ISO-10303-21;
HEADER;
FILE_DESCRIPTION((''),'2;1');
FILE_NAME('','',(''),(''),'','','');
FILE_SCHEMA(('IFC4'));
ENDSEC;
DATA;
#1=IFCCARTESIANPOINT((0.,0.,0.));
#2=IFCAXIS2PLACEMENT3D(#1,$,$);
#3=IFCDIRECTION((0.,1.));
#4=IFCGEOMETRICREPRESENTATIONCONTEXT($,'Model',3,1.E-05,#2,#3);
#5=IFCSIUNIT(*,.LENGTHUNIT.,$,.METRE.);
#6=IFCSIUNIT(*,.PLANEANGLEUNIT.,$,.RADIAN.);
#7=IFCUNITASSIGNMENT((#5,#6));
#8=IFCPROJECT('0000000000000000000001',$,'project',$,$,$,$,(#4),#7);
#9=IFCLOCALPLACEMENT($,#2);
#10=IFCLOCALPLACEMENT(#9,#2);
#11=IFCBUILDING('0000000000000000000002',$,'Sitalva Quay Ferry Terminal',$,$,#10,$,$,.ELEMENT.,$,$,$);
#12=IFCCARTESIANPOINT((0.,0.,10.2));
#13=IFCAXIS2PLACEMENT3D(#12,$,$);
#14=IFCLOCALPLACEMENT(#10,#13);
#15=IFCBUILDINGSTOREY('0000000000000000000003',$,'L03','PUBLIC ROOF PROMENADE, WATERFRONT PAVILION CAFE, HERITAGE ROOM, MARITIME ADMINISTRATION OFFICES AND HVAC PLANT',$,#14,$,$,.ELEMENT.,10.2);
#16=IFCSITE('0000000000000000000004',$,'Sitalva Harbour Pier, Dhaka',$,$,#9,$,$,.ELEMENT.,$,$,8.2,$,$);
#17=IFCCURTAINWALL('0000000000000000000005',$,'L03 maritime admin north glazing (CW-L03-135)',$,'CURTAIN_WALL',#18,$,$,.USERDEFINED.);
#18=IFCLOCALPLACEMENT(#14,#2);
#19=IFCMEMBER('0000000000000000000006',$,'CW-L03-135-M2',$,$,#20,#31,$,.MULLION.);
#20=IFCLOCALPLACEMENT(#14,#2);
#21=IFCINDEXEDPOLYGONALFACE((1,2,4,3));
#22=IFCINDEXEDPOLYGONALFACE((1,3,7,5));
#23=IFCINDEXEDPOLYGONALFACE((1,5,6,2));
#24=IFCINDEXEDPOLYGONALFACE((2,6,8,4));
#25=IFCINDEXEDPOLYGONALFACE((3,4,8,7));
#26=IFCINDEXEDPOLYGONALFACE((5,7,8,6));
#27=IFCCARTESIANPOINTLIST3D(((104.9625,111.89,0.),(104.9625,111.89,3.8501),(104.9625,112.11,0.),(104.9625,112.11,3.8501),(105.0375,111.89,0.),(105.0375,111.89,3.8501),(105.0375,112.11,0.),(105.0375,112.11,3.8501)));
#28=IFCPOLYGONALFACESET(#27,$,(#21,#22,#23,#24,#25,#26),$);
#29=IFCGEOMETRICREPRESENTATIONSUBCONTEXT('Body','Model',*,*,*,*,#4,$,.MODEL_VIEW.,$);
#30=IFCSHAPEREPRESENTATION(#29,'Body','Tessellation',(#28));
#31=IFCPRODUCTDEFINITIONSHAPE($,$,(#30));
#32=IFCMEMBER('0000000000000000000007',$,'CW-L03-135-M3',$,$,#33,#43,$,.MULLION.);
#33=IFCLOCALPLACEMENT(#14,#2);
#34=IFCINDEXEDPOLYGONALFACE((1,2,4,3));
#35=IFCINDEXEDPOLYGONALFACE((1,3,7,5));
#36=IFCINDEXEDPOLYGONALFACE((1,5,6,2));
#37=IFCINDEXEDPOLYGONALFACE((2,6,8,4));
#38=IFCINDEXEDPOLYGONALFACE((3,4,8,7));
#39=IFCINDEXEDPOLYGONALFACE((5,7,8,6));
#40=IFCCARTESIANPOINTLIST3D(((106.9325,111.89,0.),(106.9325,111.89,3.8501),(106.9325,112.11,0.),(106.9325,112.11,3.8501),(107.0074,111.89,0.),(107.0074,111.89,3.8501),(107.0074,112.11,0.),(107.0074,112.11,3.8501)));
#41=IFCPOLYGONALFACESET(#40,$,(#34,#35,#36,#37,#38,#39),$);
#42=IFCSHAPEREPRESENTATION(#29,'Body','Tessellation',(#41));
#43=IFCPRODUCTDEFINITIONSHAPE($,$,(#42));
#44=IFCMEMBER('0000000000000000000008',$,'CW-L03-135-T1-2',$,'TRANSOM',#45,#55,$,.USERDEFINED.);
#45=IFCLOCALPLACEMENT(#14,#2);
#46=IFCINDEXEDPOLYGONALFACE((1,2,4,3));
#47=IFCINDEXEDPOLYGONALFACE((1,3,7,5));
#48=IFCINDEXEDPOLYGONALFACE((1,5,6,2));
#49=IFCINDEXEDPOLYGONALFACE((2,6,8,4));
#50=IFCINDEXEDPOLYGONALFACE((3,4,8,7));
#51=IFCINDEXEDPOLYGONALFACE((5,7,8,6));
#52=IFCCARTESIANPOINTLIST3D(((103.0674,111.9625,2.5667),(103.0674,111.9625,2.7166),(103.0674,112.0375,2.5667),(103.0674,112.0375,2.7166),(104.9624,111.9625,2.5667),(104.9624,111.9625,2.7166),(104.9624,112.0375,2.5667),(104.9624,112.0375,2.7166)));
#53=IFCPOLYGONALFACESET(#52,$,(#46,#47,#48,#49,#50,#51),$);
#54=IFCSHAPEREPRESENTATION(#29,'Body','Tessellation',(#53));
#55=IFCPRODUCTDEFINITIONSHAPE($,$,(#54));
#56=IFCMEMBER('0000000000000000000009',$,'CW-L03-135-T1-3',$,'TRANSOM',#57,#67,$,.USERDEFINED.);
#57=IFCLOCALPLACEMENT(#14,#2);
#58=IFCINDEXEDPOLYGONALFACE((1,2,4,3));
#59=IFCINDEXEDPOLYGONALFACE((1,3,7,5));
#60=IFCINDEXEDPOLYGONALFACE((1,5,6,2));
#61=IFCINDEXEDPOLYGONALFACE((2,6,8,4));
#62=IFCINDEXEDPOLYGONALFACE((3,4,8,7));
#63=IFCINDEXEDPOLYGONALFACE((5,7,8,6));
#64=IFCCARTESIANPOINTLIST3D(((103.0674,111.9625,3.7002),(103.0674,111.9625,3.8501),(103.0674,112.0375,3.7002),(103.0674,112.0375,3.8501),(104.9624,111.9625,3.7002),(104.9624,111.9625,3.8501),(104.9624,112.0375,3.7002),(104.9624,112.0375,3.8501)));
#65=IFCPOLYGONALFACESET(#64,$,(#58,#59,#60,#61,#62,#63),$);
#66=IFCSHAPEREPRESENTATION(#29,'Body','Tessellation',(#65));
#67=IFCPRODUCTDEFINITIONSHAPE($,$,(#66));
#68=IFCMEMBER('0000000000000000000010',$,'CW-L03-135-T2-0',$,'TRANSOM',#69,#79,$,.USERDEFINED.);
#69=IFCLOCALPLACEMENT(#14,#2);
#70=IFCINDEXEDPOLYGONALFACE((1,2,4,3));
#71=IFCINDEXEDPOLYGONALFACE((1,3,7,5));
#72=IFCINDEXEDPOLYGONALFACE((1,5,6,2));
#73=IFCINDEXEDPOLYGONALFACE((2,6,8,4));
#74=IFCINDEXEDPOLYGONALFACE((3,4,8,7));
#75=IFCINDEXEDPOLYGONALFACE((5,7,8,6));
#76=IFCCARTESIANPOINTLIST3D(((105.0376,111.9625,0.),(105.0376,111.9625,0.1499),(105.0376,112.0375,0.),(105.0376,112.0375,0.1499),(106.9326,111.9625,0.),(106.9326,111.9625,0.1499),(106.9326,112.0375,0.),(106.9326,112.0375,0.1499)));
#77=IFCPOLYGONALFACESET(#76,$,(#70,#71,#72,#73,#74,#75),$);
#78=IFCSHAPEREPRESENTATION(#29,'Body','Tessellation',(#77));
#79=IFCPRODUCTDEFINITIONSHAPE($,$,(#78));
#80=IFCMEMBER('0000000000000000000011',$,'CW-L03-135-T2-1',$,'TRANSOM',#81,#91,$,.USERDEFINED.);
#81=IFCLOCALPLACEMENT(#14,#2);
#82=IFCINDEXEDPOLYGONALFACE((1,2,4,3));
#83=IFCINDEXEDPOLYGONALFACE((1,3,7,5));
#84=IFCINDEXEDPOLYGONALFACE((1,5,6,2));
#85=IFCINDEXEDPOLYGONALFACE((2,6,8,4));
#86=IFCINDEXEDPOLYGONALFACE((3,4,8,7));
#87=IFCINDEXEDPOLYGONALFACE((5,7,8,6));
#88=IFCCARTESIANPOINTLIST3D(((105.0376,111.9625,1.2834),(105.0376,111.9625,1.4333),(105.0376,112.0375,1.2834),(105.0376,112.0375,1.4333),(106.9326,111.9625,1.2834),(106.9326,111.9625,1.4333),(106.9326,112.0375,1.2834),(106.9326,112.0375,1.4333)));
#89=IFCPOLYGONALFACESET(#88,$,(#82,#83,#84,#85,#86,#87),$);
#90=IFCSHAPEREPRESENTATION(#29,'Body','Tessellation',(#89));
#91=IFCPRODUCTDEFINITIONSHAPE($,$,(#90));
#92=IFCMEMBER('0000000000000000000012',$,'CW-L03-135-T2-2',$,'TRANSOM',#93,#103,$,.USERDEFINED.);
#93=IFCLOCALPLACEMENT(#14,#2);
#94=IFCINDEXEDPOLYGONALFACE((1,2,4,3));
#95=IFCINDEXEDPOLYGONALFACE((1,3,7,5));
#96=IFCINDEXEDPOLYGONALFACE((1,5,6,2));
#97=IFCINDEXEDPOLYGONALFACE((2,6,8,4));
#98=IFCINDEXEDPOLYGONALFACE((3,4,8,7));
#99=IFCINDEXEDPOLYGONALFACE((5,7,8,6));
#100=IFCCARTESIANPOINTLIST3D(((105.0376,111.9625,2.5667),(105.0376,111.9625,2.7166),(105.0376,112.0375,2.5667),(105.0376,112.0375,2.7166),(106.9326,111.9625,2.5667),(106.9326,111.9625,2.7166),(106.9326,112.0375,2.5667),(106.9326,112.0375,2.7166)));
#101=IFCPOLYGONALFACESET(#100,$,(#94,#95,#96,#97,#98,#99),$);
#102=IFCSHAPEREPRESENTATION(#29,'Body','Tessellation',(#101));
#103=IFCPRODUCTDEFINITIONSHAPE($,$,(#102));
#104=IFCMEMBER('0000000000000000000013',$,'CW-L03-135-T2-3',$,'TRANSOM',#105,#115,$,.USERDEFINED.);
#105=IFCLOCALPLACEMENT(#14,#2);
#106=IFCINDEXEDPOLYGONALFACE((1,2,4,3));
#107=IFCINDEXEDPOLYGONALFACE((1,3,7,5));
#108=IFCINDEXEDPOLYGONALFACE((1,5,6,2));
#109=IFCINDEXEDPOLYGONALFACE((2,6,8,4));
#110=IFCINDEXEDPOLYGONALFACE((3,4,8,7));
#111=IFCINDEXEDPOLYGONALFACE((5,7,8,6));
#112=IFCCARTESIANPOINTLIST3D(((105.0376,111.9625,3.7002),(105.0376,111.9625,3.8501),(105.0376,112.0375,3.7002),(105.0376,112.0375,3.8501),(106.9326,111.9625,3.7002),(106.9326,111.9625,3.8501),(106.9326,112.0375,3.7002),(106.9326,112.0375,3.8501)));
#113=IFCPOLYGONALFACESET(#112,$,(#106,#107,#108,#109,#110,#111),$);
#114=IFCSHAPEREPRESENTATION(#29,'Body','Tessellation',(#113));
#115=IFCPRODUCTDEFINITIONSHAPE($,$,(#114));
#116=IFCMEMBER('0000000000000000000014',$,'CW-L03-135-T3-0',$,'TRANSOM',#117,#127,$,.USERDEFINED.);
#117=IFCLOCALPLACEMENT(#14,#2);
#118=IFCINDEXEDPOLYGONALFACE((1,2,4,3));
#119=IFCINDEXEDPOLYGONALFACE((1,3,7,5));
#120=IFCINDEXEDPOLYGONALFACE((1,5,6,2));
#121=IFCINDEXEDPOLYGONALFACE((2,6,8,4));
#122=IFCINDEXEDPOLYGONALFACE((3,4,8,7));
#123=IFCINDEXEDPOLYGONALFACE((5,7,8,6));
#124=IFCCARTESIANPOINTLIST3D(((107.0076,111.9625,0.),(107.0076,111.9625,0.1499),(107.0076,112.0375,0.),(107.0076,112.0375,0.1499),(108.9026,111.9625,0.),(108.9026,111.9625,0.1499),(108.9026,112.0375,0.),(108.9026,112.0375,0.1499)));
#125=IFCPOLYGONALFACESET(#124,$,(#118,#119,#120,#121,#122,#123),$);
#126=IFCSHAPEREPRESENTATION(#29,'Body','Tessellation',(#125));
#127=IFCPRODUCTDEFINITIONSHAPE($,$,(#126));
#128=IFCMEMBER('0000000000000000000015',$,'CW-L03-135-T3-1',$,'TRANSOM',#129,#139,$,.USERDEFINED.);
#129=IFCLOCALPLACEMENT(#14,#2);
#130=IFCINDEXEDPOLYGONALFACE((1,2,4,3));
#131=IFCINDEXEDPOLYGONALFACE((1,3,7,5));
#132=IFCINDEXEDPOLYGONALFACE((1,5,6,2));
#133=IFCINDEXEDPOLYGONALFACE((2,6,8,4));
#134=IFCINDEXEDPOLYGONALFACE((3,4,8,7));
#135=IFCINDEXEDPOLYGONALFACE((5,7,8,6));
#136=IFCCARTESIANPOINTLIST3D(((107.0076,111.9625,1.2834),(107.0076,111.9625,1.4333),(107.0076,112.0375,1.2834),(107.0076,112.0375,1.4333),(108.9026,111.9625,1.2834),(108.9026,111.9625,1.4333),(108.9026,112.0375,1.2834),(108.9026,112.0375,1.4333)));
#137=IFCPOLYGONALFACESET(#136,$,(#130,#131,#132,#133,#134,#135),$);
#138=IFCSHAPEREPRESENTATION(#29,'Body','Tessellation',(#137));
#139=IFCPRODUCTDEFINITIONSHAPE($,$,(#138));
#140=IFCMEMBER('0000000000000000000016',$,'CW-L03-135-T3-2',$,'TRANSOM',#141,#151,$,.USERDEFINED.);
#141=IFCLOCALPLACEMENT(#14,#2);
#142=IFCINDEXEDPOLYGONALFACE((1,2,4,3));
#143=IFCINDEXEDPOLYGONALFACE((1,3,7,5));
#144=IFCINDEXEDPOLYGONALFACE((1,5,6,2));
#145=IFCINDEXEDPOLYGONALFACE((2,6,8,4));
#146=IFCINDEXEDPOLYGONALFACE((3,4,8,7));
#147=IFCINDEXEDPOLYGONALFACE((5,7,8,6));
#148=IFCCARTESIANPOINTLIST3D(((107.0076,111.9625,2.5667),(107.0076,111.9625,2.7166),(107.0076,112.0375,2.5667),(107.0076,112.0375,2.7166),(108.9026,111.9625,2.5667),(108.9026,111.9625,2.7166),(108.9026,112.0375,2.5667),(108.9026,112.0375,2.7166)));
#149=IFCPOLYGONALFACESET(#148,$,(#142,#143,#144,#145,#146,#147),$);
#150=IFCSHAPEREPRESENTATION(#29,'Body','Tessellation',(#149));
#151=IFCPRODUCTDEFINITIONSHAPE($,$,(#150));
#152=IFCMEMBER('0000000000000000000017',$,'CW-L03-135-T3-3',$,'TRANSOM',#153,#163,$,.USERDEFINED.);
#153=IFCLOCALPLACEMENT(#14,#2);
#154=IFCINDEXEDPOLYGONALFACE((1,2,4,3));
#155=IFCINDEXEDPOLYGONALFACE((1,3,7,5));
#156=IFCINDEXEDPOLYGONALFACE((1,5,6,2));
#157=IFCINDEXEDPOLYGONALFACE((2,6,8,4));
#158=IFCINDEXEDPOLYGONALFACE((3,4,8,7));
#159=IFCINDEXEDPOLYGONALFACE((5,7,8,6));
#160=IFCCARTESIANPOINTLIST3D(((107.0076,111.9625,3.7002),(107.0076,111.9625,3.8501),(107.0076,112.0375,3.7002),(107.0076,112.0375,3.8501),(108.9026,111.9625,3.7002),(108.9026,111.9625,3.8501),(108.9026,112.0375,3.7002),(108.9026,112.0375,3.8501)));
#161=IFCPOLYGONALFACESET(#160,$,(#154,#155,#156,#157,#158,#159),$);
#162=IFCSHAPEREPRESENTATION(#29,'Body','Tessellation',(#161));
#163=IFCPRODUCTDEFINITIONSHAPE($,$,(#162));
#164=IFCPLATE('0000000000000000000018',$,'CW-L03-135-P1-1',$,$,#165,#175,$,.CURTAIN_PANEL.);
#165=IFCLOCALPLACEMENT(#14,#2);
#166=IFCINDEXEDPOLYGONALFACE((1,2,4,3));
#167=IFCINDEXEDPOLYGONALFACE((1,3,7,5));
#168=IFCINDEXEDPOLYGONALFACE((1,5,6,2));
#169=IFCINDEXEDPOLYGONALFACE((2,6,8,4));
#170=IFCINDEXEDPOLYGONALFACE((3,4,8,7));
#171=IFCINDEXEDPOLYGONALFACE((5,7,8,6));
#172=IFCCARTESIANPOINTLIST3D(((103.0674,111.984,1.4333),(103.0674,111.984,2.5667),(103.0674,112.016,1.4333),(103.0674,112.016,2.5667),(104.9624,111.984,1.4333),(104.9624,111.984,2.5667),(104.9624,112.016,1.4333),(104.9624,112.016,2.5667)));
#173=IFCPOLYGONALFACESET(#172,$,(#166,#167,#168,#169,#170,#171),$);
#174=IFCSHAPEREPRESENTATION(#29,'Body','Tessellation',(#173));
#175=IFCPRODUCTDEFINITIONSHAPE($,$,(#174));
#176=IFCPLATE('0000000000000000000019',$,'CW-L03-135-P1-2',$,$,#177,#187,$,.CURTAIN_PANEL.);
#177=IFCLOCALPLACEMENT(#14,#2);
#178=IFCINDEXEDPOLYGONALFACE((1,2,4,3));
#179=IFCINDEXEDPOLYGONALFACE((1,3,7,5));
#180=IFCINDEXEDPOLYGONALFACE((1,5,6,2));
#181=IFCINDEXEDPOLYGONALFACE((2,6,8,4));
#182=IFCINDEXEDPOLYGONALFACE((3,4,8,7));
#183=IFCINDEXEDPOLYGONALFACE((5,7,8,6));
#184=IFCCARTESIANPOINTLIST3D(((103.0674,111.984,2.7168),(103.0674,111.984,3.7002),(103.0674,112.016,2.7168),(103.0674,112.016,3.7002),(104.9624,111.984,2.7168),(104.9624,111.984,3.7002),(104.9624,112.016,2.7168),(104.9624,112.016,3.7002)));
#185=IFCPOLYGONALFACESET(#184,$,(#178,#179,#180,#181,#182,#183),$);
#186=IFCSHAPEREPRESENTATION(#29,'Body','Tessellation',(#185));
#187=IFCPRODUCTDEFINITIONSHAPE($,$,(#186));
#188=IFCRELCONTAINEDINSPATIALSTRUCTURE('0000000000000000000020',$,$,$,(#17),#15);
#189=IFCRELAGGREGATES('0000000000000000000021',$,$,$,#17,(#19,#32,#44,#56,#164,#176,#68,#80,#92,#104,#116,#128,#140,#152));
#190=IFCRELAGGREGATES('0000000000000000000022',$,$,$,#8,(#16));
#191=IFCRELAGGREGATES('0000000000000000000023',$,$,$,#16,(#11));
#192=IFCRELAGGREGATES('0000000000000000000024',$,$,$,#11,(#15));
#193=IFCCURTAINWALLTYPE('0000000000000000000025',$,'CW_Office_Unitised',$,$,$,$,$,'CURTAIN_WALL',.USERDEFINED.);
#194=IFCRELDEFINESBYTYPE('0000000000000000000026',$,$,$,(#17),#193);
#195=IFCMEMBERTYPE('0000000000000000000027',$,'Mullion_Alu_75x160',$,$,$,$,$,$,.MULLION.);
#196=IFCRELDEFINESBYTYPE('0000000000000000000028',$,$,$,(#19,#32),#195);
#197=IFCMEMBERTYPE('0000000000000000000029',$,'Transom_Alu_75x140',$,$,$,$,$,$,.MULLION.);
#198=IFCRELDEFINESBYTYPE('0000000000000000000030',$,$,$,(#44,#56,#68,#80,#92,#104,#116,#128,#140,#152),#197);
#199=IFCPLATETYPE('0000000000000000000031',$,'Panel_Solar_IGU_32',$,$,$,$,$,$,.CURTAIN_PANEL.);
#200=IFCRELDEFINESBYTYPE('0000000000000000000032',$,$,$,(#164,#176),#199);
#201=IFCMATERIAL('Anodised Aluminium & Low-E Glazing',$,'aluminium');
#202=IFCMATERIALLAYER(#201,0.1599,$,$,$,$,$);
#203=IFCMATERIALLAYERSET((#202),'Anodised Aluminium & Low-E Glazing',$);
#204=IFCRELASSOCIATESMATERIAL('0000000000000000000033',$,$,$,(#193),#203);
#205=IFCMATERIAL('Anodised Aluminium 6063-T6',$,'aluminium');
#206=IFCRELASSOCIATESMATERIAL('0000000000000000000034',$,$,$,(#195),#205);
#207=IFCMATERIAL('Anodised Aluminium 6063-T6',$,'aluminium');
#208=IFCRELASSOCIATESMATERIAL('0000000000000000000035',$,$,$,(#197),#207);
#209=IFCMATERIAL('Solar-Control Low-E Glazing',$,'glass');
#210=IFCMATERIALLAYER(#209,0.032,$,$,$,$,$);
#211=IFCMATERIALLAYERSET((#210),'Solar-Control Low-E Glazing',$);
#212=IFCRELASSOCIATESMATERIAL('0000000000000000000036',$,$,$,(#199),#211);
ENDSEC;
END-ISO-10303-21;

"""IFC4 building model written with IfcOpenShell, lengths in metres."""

from ifc_helpers import new_model, si_unit, direction, frame, origin, origin_2d, place, context, subcontext, project, spatial, rectangle, extrude, material, layer, layer_set, material_profile, profile_set, type_object, element, aggregate, save


model = new_model("IFC4")

# Units and contexts
model_context = context("Model", 3, precision=1e-05, world=origin(), true_north=direction((0.0, 1.0)))
body_context = subcontext(model_context, "Body", "Model", "MODEL_VIEW")
ifc_project = project(units=[si_unit("LENGTHUNIT", "METRE"), si_unit("PLANEANGLEUNIT", "RADIAN")], contexts=[model_context])

# Site, building, storey
site_placement = place(None, origin())
site = spatial("IfcSite", under=ifc_project, at=site_placement, Name="Sitalva Harbour Pier, Dhaka", CompositionType="ELEMENT", RefElevation=8.2)
building_placement = place(site_placement, origin())
building = spatial("IfcBuilding", under=site, at=building_placement, Name="Sitalva Quay Ferry Terminal", CompositionType="ELEMENT")
storey_placement = place(building_placement, frame((0.0, 0.0, 10.2)))
storey = spatial("IfcBuildingStorey", under=building, at=storey_placement, Name="L03", Description="PUBLIC ROOF PROMENADE, WATERFRONT PAVILION CAFE, HERITAGE ROOM, MARITIME ADMINISTRATION OFFICES AND HVAC PLANT", CompositionType="ELEMENT", Elevation=10.2)

# Curtain wall, members, plates
ifc_material_1 = material(Name="Anodised Aluminium & Low-E Glazing", Category="aluminium")
ifc_layer_1 = layer(ifc_material_1, 0.1599)
ifc_layer_set_1 = layer_set([ifc_layer_1], Name="Anodised Aluminium & Low-E Glazing")
curtain_wall_type = type_object("IfcCurtainWallType", Name="CW_Office_Unitised", ElementType="CURTAIN_WALL", PredefinedType="USERDEFINED", material=ifc_layer_set_1)
curtain_wall_placement = place(storey_placement, origin())
curtain_wall = element("IfcCurtainWall", 1, at=curtain_wall_placement, inside=storey, type_object=curtain_wall_type, Name="L03 maritime admin north glazing (CW-L03-135)", ObjectType="CURTAIN_WALL", PredefinedType="USERDEFINED")
ifc_material_2 = material(Name="Anodised Aluminium 6063-T6", Category="aluminium")
ifc_material_profile_1 = material_profile(ifc_material_2, rectangle(XDim=0.075, YDim=0.22, at=origin_2d()), Name="ALU75x220")
ifc_profile_set_1 = profile_set([ifc_material_profile_1], Name="Anodised Aluminium 6063-T6")
member_type_1 = type_object("IfcMemberType", Name="Mullion_Alu_75x160", PredefinedType="MULLION", material=ifc_profile_set_1)
member_1_placement = place(storey_placement, frame((105.0, 112.0, 0.0), z_axis=(0.0, 0.0, 1.0), x_axis=(1.0, 0.0, 0.0)))
member_1 = element("IfcMember", 2, at=member_1_placement, type_object=member_type_1, Name="CW-L03-135-M2", PredefinedType="MULLION", context=body_context, shape_type="SweptSolid", body=[
    extrude(rectangle(XDim=0.075, YDim=0.22, at=origin_2d()), origin(), (0.0, 0.0, 1.0), 3.8501),
])
member_2_placement = place(storey_placement, frame((106.97, 112.0, 0.0), z_axis=(0.0, 0.0, 1.0), x_axis=(1.0, 0.0, 0.0)))
member_2 = element("IfcMember", 3, at=member_2_placement, type_object=member_type_1, Name="CW-L03-135-M3", PredefinedType="MULLION", context=body_context, shape_type="SweptSolid", body=[
    extrude(rectangle(XDim=0.075, YDim=0.22, at=origin_2d()), origin(), (0.0, 0.0, 1.0), 3.8501),
])
ifc_material_3 = material(Name="Anodised Aluminium 6063-T6", Category="aluminium")
ifc_material_profile_2 = material_profile(ifc_material_3, rectangle(XDim=0.075, YDim=0.1499, at=origin_2d()), Name="ALU75x150")
ifc_profile_set_2 = profile_set([ifc_material_profile_2], Name="Anodised Aluminium 6063-T6")
member_type_2 = type_object("IfcMemberType", Name="Transom_Alu_75x140", PredefinedType="MULLION", material=ifc_profile_set_2)
member_3_placement = place(storey_placement, frame((103.0674, 112.0, 2.6416), z_axis=(1.0, 0.0, 0.0), x_axis=(0.0, 1.0, 0.0)))
member_3 = element("IfcMember", 4, at=member_3_placement, type_object=member_type_2, Name="CW-L03-135-T1-2", ObjectType="TRANSOM", PredefinedType="USERDEFINED", context=body_context, shape_type="SweptSolid", body=[
    extrude(rectangle(XDim=0.075, YDim=0.1499, at=origin_2d()), origin(), (0.0, 0.0, 1.0), 1.895),
])
member_4_placement = place(storey_placement, frame((103.0674, 112.0, 3.7751), z_axis=(1.0, 0.0, 0.0), x_axis=(0.0, 1.0, 0.0)))
member_4 = element("IfcMember", 5, at=member_4_placement, type_object=member_type_2, Name="CW-L03-135-T1-3", ObjectType="TRANSOM", PredefinedType="USERDEFINED", context=body_context, shape_type="SweptSolid", body=[
    extrude(rectangle(XDim=0.075, YDim=0.1499, at=origin_2d()), origin(), (0.0, 0.0, 1.0), 1.895),
])
member_5_placement = place(storey_placement, frame((105.0376, 112.0, 0.075), z_axis=(1.0, 0.0, 0.0), x_axis=(0.0, 1.0, 0.0)))
member_5 = element("IfcMember", 6, at=member_5_placement, type_object=member_type_2, Name="CW-L03-135-T2-0", ObjectType="TRANSOM", PredefinedType="USERDEFINED", context=body_context, shape_type="SweptSolid", body=[
    extrude(rectangle(XDim=0.075, YDim=0.1499, at=origin_2d()), origin(), (0.0, 0.0, 1.0), 1.895),
])
member_6_placement = place(storey_placement, frame((105.0376, 112.0, 1.3584), z_axis=(1.0, 0.0, 0.0), x_axis=(0.0, 1.0, 0.0)))
member_6 = element("IfcMember", 7, at=member_6_placement, type_object=member_type_2, Name="CW-L03-135-T2-1", ObjectType="TRANSOM", PredefinedType="USERDEFINED", context=body_context, shape_type="SweptSolid", body=[
    extrude(rectangle(XDim=0.075, YDim=0.1499, at=origin_2d()), origin(), (0.0, 0.0, 1.0), 1.895),
])
member_7_placement = place(storey_placement, frame((105.0376, 112.0, 2.6416), z_axis=(1.0, 0.0, 0.0), x_axis=(0.0, 1.0, 0.0)))
member_7 = element("IfcMember", 8, at=member_7_placement, type_object=member_type_2, Name="CW-L03-135-T2-2", ObjectType="TRANSOM", PredefinedType="USERDEFINED", context=body_context, shape_type="SweptSolid", body=[
    extrude(rectangle(XDim=0.075, YDim=0.1499, at=origin_2d()), origin(), (0.0, 0.0, 1.0), 1.895),
])
member_8_placement = place(storey_placement, frame((105.0376, 112.0, 3.7751), z_axis=(1.0, 0.0, 0.0), x_axis=(0.0, 1.0, 0.0)))
member_8 = element("IfcMember", 9, at=member_8_placement, type_object=member_type_2, Name="CW-L03-135-T2-3", ObjectType="TRANSOM", PredefinedType="USERDEFINED", context=body_context, shape_type="SweptSolid", body=[
    extrude(rectangle(XDim=0.075, YDim=0.1499, at=origin_2d()), origin(), (0.0, 0.0, 1.0), 1.895),
])
member_9_placement = place(storey_placement, frame((107.0076, 112.0, 0.075), z_axis=(1.0, 0.0, 0.0), x_axis=(0.0, 1.0, 0.0)))
member_9 = element("IfcMember", 10, at=member_9_placement, type_object=member_type_2, Name="CW-L03-135-T3-0", ObjectType="TRANSOM", PredefinedType="USERDEFINED", context=body_context, shape_type="SweptSolid", body=[
    extrude(rectangle(XDim=0.075, YDim=0.1499, at=origin_2d()), origin(), (0.0, 0.0, 1.0), 1.895),
])
member_10_placement = place(storey_placement, frame((107.0076, 112.0, 1.3584), z_axis=(1.0, 0.0, 0.0), x_axis=(0.0, 1.0, 0.0)))
member_10 = element("IfcMember", 11, at=member_10_placement, type_object=member_type_2, Name="CW-L03-135-T3-1", ObjectType="TRANSOM", PredefinedType="USERDEFINED", context=body_context, shape_type="SweptSolid", body=[
    extrude(rectangle(XDim=0.075, YDim=0.1499, at=origin_2d()), origin(), (0.0, 0.0, 1.0), 1.895),
])
member_11_placement = place(storey_placement, frame((107.0076, 112.0, 2.6416), z_axis=(1.0, 0.0, 0.0), x_axis=(0.0, 1.0, 0.0)))
member_11 = element("IfcMember", 12, at=member_11_placement, type_object=member_type_2, Name="CW-L03-135-T3-2", ObjectType="TRANSOM", PredefinedType="USERDEFINED", context=body_context, shape_type="SweptSolid", body=[
    extrude(rectangle(XDim=0.075, YDim=0.1499, at=origin_2d()), origin(), (0.0, 0.0, 1.0), 1.895),
])
member_12_placement = place(storey_placement, frame((107.0076, 112.0, 3.7751), z_axis=(1.0, 0.0, 0.0), x_axis=(0.0, 1.0, 0.0)))
member_12 = element("IfcMember", 13, at=member_12_placement, type_object=member_type_2, Name="CW-L03-135-T3-3", ObjectType="TRANSOM", PredefinedType="USERDEFINED", context=body_context, shape_type="SweptSolid", body=[
    extrude(rectangle(XDim=0.075, YDim=0.1499, at=origin_2d()), origin(), (0.0, 0.0, 1.0), 1.895),
])
ifc_material_4 = material(Name="Solar-Control Low-E Glazing", Category="glass")
ifc_layer_2 = layer(ifc_material_4, 0.032)
ifc_layer_set_2 = layer_set([ifc_layer_2], Name="Solar-Control Low-E Glazing")
plate_type_1 = type_object("IfcPlateType", Name="Panel_Solar_IGU_32", PredefinedType="CURTAIN_PANEL", material=ifc_layer_set_2)
plate_1_placement = place(storey_placement, frame((104.0149, 112.0, 1.4333), z_axis=(0.0, 0.0, 1.0), x_axis=(1.0, 0.0, 0.0)))
plate_1 = element("IfcPlate", 14, at=plate_1_placement, type_object=plate_type_1, Name="CW-L03-135-P1-1", PredefinedType="CURTAIN_PANEL", context=body_context, shape_type="SweptSolid", body=[
    extrude(rectangle(XDim=1.895, YDim=0.032, at=origin_2d()), origin(), (0.0, 0.0, 1.0), 1.1333),
])
plate_2_placement = place(storey_placement, frame((104.0149, 112.0, 2.7168), z_axis=(0.0, 0.0, 1.0), x_axis=(1.0, 0.0, 0.0)))
plate_2 = element("IfcPlate", 15, at=plate_2_placement, type_object=plate_type_1, Name="CW-L03-135-P1-2", PredefinedType="CURTAIN_PANEL", context=body_context, shape_type="SweptSolid", body=[
    extrude(rectangle(XDim=1.895, YDim=0.032, at=origin_2d()), origin(), (0.0, 0.0, 1.0), 0.9834),
])
aggregate(curtain_wall, [member_1, member_2, member_3, member_4, plate_1, plate_2, member_5, member_6, member_7, member_8, member_9, member_10, member_11, member_12])

save(model, "model.ifc")
